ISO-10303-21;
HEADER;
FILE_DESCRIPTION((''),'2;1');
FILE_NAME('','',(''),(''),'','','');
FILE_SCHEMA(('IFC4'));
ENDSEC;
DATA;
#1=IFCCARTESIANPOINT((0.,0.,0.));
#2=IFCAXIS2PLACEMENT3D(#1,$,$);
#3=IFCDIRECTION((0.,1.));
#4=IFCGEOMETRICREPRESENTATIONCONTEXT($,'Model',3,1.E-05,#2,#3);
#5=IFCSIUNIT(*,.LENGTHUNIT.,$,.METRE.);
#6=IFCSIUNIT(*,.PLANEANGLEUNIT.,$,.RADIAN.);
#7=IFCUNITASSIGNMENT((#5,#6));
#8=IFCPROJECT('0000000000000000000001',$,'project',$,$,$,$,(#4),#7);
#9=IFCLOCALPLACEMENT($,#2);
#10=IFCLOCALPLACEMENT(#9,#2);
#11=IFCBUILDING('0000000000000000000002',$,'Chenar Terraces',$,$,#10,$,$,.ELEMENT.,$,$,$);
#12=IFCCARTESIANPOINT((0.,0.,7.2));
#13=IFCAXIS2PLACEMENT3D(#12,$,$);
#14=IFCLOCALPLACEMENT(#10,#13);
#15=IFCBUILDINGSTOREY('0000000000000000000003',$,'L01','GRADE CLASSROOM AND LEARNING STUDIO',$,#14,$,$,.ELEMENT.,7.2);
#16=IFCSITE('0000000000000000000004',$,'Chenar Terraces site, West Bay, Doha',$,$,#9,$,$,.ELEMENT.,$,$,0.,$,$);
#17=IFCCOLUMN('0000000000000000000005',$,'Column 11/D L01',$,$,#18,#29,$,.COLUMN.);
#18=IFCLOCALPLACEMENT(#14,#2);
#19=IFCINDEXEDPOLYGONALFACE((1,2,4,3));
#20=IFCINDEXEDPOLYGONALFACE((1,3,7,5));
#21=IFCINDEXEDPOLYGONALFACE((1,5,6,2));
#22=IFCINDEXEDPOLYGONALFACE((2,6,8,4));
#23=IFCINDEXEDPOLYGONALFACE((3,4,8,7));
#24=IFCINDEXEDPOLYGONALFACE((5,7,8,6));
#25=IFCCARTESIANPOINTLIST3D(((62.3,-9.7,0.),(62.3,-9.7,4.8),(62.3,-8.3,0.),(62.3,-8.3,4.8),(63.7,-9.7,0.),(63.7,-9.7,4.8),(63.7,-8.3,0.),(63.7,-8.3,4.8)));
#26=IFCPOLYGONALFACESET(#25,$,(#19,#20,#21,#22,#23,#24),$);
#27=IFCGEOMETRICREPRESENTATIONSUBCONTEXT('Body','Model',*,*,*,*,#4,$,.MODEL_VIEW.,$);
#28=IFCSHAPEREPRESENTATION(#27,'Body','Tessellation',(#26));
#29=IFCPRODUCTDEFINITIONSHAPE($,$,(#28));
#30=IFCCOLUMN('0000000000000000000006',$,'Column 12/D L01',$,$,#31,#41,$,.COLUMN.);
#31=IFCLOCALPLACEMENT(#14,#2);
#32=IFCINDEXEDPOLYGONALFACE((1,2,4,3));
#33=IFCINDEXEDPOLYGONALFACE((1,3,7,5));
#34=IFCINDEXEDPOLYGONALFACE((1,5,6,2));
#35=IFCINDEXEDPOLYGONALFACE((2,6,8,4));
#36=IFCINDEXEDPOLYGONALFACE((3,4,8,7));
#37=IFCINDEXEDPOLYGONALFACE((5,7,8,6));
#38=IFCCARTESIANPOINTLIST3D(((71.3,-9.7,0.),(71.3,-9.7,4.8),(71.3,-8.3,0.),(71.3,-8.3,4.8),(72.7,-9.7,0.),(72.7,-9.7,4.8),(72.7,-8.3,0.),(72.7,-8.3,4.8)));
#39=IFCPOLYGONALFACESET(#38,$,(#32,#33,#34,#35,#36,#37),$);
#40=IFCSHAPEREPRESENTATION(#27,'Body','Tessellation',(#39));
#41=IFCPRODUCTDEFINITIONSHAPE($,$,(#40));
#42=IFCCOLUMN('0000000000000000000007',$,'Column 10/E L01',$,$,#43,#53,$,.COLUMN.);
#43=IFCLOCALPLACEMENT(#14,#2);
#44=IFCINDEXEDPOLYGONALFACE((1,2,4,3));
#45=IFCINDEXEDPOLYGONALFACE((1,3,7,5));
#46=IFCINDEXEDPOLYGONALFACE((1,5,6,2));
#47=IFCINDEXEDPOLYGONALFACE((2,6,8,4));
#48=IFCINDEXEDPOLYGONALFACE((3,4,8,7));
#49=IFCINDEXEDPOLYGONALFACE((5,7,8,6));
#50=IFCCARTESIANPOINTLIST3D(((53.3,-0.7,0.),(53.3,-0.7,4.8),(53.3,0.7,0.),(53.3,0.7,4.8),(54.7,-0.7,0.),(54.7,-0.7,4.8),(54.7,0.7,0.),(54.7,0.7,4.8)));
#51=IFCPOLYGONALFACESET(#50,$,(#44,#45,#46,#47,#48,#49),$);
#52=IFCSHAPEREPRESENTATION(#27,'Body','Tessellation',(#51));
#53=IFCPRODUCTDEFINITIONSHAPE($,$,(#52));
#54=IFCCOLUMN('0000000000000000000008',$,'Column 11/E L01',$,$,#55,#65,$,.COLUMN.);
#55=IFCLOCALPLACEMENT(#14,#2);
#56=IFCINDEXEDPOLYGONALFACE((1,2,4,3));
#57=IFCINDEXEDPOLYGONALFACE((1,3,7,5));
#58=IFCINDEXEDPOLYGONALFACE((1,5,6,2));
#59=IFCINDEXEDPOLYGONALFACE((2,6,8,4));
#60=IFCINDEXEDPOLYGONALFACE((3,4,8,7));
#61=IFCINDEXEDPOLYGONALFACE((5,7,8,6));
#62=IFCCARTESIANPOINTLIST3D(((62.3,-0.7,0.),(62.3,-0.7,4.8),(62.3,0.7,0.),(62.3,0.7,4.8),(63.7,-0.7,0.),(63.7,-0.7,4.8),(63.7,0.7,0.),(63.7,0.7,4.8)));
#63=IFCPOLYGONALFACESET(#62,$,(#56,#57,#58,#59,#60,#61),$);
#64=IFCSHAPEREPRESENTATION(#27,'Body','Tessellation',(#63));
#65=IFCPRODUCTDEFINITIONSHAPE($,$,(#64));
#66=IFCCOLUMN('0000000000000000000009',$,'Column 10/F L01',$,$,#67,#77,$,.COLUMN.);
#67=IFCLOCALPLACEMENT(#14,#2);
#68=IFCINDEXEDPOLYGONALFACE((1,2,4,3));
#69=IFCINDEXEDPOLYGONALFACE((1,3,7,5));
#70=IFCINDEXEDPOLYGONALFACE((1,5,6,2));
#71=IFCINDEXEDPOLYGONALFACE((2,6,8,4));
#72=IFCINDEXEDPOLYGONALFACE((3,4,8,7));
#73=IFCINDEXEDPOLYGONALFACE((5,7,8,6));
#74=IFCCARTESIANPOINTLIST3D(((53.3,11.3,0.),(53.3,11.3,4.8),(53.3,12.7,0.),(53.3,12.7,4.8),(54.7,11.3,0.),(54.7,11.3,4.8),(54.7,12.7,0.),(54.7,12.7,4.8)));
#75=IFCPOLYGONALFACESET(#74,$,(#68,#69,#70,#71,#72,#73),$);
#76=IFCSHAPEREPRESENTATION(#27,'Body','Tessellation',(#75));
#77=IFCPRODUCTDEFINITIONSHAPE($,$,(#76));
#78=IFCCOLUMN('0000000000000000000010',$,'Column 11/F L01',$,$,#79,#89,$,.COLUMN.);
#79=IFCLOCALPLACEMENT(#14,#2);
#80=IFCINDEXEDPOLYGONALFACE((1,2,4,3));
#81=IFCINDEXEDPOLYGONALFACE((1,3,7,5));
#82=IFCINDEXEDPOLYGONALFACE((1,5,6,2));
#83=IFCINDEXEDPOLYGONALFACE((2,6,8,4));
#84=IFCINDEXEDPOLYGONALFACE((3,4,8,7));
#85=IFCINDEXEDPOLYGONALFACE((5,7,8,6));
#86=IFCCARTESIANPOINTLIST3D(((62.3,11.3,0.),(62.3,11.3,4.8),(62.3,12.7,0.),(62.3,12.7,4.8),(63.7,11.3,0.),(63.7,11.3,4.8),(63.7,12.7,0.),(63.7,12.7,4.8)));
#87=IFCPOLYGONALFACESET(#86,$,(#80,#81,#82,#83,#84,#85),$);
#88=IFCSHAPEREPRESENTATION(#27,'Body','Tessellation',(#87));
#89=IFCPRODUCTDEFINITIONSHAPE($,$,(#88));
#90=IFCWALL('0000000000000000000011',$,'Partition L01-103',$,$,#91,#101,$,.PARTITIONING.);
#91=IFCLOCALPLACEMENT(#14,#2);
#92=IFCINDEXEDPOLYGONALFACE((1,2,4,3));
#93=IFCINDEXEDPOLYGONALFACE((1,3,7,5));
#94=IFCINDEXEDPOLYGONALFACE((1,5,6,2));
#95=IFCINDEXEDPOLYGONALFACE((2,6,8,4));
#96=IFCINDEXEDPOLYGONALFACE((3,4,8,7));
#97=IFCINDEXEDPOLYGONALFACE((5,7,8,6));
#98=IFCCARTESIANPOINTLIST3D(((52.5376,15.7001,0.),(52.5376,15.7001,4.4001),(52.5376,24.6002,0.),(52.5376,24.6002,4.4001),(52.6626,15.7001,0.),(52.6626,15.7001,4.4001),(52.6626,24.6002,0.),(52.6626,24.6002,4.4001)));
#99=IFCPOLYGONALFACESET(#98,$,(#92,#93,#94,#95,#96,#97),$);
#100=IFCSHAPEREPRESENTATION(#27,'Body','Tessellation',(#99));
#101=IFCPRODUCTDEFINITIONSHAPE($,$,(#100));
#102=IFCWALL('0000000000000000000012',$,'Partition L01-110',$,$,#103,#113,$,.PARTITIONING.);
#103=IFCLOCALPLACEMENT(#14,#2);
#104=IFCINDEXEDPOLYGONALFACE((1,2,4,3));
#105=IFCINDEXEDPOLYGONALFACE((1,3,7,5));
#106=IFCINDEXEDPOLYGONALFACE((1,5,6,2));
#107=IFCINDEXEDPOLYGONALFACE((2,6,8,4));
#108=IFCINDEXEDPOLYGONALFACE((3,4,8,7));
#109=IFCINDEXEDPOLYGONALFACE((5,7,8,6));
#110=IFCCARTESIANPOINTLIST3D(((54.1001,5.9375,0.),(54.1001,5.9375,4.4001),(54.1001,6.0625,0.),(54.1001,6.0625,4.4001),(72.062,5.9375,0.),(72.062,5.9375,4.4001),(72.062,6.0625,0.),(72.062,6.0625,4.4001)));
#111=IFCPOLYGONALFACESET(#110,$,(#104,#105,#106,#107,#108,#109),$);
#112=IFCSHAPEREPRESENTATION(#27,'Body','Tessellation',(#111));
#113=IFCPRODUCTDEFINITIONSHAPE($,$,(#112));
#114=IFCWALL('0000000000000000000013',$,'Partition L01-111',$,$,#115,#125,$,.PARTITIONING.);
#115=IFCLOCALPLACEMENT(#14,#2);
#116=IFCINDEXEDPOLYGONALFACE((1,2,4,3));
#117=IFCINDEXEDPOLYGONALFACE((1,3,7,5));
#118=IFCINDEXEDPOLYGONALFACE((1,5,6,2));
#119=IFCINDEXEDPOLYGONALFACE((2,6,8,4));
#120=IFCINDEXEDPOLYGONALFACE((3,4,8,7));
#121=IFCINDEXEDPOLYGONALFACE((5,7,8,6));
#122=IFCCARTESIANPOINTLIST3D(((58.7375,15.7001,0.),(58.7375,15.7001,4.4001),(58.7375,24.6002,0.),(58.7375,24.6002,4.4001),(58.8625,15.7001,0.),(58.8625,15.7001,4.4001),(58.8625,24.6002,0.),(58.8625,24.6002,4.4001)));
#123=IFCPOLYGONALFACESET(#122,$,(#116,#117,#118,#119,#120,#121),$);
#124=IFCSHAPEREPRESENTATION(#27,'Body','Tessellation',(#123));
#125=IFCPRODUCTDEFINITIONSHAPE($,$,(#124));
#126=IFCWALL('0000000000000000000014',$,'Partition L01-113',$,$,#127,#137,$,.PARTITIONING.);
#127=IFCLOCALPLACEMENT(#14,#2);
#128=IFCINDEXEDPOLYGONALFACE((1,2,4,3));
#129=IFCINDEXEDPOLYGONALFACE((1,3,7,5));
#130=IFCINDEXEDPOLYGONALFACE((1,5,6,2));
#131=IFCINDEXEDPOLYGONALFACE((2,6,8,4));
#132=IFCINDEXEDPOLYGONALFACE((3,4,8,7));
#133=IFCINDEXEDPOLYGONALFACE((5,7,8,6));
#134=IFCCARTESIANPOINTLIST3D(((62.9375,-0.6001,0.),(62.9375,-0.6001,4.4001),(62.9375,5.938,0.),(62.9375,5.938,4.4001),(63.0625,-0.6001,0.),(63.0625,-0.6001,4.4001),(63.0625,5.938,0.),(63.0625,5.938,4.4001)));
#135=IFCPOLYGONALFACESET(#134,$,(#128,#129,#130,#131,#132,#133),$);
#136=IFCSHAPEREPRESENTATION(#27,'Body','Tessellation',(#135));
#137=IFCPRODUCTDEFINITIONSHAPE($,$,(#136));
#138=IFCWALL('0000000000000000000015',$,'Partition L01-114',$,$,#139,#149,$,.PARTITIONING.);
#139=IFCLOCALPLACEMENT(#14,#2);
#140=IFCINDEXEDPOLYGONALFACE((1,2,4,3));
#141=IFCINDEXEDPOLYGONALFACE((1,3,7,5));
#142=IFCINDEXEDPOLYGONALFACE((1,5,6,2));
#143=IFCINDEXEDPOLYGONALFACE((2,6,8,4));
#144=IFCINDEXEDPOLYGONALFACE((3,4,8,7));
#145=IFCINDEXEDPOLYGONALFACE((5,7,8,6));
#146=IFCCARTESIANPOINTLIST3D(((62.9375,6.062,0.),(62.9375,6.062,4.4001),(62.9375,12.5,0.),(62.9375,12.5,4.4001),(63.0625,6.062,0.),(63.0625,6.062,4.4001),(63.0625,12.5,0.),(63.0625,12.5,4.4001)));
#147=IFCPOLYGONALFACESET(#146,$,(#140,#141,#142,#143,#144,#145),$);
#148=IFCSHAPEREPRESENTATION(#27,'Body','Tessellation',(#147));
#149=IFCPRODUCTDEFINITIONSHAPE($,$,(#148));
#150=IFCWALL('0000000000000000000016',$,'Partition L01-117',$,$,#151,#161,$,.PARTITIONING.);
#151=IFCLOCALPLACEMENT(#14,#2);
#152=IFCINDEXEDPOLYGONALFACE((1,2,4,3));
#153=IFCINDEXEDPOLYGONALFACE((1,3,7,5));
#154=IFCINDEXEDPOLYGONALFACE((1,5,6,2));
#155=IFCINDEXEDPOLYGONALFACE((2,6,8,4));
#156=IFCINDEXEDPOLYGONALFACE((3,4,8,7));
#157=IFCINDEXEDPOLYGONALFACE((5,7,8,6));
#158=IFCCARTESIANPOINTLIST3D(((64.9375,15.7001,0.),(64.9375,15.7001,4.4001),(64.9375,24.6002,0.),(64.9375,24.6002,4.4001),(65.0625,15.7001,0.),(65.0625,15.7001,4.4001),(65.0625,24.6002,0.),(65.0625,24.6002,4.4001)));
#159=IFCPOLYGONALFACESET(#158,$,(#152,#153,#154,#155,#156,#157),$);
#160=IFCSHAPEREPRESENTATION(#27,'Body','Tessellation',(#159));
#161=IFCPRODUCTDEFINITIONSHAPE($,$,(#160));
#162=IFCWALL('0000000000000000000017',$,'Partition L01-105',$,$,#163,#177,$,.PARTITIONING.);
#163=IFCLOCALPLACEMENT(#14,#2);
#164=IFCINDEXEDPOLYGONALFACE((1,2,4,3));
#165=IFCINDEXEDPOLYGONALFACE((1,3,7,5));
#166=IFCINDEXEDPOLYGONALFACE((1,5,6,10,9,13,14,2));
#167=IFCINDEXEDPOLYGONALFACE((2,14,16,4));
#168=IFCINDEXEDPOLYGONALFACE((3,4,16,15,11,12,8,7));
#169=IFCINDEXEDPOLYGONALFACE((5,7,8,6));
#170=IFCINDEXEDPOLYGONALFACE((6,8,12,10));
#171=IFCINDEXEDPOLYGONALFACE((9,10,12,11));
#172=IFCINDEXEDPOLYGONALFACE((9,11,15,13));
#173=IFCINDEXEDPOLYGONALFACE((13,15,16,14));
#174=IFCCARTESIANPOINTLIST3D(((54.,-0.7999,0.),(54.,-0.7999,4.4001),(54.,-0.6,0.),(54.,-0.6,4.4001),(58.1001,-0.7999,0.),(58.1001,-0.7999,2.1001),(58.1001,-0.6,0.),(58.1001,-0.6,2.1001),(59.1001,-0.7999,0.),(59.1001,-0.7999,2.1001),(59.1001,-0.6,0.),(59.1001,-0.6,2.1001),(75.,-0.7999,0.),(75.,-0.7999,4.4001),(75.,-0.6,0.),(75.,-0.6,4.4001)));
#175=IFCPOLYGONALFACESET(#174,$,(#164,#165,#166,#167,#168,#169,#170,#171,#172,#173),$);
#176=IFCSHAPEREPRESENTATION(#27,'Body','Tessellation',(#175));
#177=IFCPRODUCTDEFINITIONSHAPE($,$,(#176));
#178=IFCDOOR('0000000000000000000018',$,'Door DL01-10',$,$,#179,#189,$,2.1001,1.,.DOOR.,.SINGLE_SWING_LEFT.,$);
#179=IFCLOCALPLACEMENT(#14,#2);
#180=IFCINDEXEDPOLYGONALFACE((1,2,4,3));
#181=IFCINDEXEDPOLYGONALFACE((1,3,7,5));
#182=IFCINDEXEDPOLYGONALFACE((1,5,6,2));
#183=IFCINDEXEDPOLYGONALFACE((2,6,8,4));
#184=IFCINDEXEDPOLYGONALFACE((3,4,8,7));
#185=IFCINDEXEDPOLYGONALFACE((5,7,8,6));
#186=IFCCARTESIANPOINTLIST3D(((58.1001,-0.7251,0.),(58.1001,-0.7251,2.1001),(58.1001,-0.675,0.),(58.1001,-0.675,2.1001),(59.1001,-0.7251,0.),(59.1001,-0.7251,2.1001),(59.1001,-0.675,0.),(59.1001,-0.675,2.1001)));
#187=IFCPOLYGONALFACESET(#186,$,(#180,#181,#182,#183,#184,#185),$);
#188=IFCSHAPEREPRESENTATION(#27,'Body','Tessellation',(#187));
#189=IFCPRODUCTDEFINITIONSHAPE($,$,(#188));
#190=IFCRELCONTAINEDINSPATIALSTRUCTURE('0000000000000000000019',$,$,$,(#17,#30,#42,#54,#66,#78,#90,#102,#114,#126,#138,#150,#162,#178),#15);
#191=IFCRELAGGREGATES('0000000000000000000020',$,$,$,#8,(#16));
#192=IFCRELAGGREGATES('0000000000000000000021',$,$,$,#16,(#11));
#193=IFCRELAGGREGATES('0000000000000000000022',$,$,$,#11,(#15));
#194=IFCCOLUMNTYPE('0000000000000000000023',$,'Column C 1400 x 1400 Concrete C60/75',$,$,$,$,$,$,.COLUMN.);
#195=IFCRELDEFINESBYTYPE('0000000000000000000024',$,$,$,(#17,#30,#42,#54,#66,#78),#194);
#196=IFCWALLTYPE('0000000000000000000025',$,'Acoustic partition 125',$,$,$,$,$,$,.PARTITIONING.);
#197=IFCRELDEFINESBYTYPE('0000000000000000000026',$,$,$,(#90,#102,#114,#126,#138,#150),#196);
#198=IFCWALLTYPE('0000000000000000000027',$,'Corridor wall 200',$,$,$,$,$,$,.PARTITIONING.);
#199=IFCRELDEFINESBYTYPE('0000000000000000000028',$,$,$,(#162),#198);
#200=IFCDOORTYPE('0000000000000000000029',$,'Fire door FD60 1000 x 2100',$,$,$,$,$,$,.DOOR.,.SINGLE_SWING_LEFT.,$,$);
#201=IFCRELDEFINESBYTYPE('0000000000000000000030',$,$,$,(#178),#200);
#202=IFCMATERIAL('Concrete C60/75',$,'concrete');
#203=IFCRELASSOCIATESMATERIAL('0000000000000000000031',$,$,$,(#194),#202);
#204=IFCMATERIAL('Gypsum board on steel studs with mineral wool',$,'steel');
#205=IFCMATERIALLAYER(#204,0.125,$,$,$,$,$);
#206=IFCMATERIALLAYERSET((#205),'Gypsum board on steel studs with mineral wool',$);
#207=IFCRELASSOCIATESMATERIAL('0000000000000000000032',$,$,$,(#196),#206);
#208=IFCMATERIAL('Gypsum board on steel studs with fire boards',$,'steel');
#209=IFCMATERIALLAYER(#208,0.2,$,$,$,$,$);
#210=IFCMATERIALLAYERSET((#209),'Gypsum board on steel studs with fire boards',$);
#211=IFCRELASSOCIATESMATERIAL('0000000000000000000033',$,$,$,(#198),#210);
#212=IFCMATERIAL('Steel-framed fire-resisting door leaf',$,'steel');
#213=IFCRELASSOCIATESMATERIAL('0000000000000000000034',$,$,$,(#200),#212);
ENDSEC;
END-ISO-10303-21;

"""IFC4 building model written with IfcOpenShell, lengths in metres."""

from ifc_helpers import new_model, si_unit, direction, frame, frame_2d, origin, origin_2d, place, context, subcontext, project, spatial, rectangle, extrude, material, layer, layer_set, material_profile, profile_set, type_object, element, fill, save


model = new_model("IFC4")

# Units and contexts
model_context = context("Model", 3, precision=1e-05, world=origin(), true_north=direction((0.0, 1.0)))
body_context = subcontext(model_context, "Body", "Model", "MODEL_VIEW")
ifc_project = project(units=[si_unit("LENGTHUNIT", "METRE"), si_unit("PLANEANGLEUNIT", "RADIAN")], contexts=[model_context])

# Site, building, storey
site_placement = place(None, origin())
site = spatial("IfcSite", under=ifc_project, at=site_placement, Name="Chenar Terraces site, West Bay, Doha", CompositionType="ELEMENT", RefElevation=0.0)
building_placement = place(site_placement, origin())
building = spatial("IfcBuilding", under=site, at=building_placement, Name="Chenar Terraces", CompositionType="ELEMENT")
storey_placement = place(building_placement, frame((0.0, 0.0, 7.2)))
storey = spatial("IfcBuildingStorey", under=building, at=storey_placement, Name="L01", Description="GRADE CLASSROOM AND LEARNING STUDIO", CompositionType="ELEMENT", Elevation=7.2)

# Columns
ifc_material_1 = material(Name="Concrete C60/75", Category="concrete")
ifc_material_profile = material_profile(ifc_material_1, rectangle(XDim=1.3999, YDim=1.3999, at=origin_2d()), Name="C 1400 x 1400")
ifc_profile_set = profile_set([ifc_material_profile], Name="Concrete C60/75")
column_type = type_object("IfcColumnType", Name="Column C 1400 x 1400 Concrete C60/75", PredefinedType="COLUMN", material=ifc_profile_set)
for number, where, z_axis, x_axis, name in (
    (1, (63.0, -9.0, 0.0), (0.0, 0.0, 1.0), (1.0, 0.0, 0.0), "Column 11/D L01"),
    (2, (72.0, -9.0, 0.0), (0.0, 0.0, 1.0), (1.0, 0.0, 0.0), "Column 12/D L01"),
    (3, (54.0, 0.0, 0.0), (0.0, 0.0, 1.0), (1.0, 0.0, 0.0), "Column 10/E L01"),
    (4, (63.0, 0.0, 0.0), (0.0, 0.0, 1.0), (1.0, 0.0, 0.0), "Column 11/E L01"),
    (5, (54.0, 12.0, 0.0), (0.0, 0.0, 1.0), (1.0, 0.0, 0.0), "Column 10/F L01"),
    (6, (63.0, 12.0, 0.0), (0.0, 0.0, 1.0), (1.0, 0.0, 0.0), "Column 11/F L01"),
):
    element("IfcColumn", number, at=place(storey_placement, frame(where, z_axis=z_axis, x_axis=x_axis)), inside=storey, type_object=column_type, Name=name, PredefinedType="COLUMN", context=body_context, shape_type="SweptSolid", body=[
        extrude(rectangle(XDim=1.3999, YDim=1.3999, at=origin_2d()), origin(), (0.0, 0.0, 1.0), 4.8),
    ])

# Walls
ifc_material_2 = material(Name="Gypsum board on steel studs with mineral wool", Category="steel")
ifc_layer_1 = layer(ifc_material_2, 0.125)
ifc_layer_set_1 = layer_set([ifc_layer_1], Name="Gypsum board on steel studs with mineral wool")
wall_type_1 = type_object("IfcWallType", Name="Acoustic partition 125", PredefinedType="PARTITIONING", material=ifc_layer_set_1)
wall_1_placement = place(storey_placement, frame((52.6001, 15.7, 0.0), z_axis=(0.0, 0.0, 1.0), x_axis=(0.0, 1.0, 0.0)))
element("IfcWall", 7, at=wall_1_placement, inside=storey, type_object=wall_type_1, Name="Partition L01-103", PredefinedType="PARTITIONING", context=body_context, shape_type="SweptSolid", body=[
    extrude(rectangle(XDim=8.9001, YDim=0.125, at=frame_2d((4.4502, 0.0))), origin(), (0.0, 0.0, 1.0), 4.4001),
])
wall_2_placement = place(storey_placement, frame((54.1001, 6.0, 0.0), z_axis=(0.0, 0.0, 1.0), x_axis=(1.0, 0.0, 0.0)))
element("IfcWall", 8, at=wall_2_placement, inside=storey, type_object=wall_type_1, Name="Partition L01-110", PredefinedType="PARTITIONING", context=body_context, shape_type="SweptSolid", body=[
    extrude(rectangle(XDim=17.9619, YDim=0.125, at=frame_2d((8.981, 0.0))), origin(), (0.0, 0.0, 1.0), 4.4001),
])
wall_3_placement = place(storey_placement, frame((58.8, 15.7, 0.0), z_axis=(0.0, 0.0, 1.0), x_axis=(0.0, 1.0, 0.0)))
element("IfcWall", 9, at=wall_3_placement, inside=storey, type_object=wall_type_1, Name="Partition L01-111", PredefinedType="PARTITIONING", context=body_context, shape_type="SweptSolid", body=[
    extrude(rectangle(XDim=8.9001, YDim=0.125, at=frame_2d((4.4502, 0.0))), origin(), (0.0, 0.0, 1.0), 4.4001),
])
wall_4_placement = place(storey_placement, frame((63.0, -0.6001, 0.0), z_axis=(0.0, 0.0, 1.0), x_axis=(0.0, 1.0, 0.0)))
element("IfcWall", 10, at=wall_4_placement, inside=storey, type_object=wall_type_1, Name="Partition L01-113", PredefinedType="PARTITIONING", context=body_context, shape_type="SweptSolid", body=[
    extrude(rectangle(XDim=6.5381, YDim=0.125, at=frame_2d((3.269, 0.0))), origin(), (0.0, 0.0, 1.0), 4.4001),
])
wall_5_placement = place(storey_placement, frame((63.0, 6.062, 0.0), z_axis=(0.0, 0.0, 1.0), x_axis=(0.0, 1.0, 0.0)))
element("IfcWall", 11, at=wall_5_placement, inside=storey, type_object=wall_type_1, Name="Partition L01-114", PredefinedType="PARTITIONING", context=body_context, shape_type="SweptSolid", body=[
    extrude(rectangle(XDim=6.438, YDim=0.125, at=frame_2d((3.219, 0.0))), origin(), (0.0, 0.0, 1.0), 4.4001),
])
wall_6_placement = place(storey_placement, frame((65.0, 15.7, 0.0), z_axis=(0.0, 0.0, 1.0), x_axis=(0.0, 1.0, 0.0)))
element("IfcWall", 12, at=wall_6_placement, inside=storey, type_object=wall_type_1, Name="Partition L01-117", PredefinedType="PARTITIONING", context=body_context, shape_type="SweptSolid", body=[
    extrude(rectangle(XDim=8.9001, YDim=0.125, at=frame_2d((4.4502, 0.0))), origin(), (0.0, 0.0, 1.0), 4.4001),
])

# Wall, opening, door
ifc_material_3 = material(Name="Gypsum board on steel studs with fire boards", Category="steel")
ifc_layer_2 = layer(ifc_material_3, 0.2)
ifc_layer_set_2 = layer_set([ifc_layer_2], Name="Gypsum board on steel studs with fire boards")
wall_type_2 = type_object("IfcWallType", Name="Corridor wall 200", PredefinedType="PARTITIONING", material=ifc_layer_set_2)
wall_7_placement = place(storey_placement, frame((54.0, -0.7, 0.0), z_axis=(0.0, 0.0, 1.0), x_axis=(1.0, 0.0, 0.0)))
wall_7 = element("IfcWall", 13, at=wall_7_placement, inside=storey, type_object=wall_type_2, Name="Partition L01-105", PredefinedType="PARTITIONING", context=body_context, shape_type="SweptSolid", body=[
    extrude(rectangle(XDim=21.0, YDim=0.2, at=frame_2d((10.5, 0.0))), origin(), (0.0, 0.0, 1.0), 4.4001),
])
opening_1_placement = place(wall_7_placement, frame((4.1001, 0.0, 0.0)))
opening_1 = element("IfcOpeningElement", 14, at=opening_1_placement, cuts=wall_7, PredefinedType="OPENING", context=body_context, shape_type="SweptSolid", body=[
    extrude(rectangle(XDim=1.0, YDim=2.1001, at=frame_2d((0.5, 1.05))), frame((0.0, 0.1099, 0.0), z_axis=(0.0, -1.0, 0.0), x_axis=(1.0, 0.0, 0.0)), (0.0, 0.0, 1.0), 0.22),
])
ifc_material_4 = material(Name="Steel-framed fire-resisting door leaf", Category="steel")
door_type = type_object("IfcDoorType", Name="Fire door FD60 1000 x 2100", OperationType="SINGLE_SWING_LEFT", PredefinedType="DOOR", material=ifc_material_4)
door_1_placement = place(opening_1_placement, origin())
door_1 = element("IfcDoor", 15, at=door_1_placement, inside=storey, type_object=door_type, Name="Door DL01-10", OperationType="SINGLE_SWING_LEFT", OverallHeight=2.1001, OverallWidth=1.0, PredefinedType="DOOR", context=body_context, shape_type="SweptSolid", body=[
    extrude(rectangle(XDim=1.0, YDim=2.1001, at=frame_2d((0.5, 1.05))), frame((0.0, 0.0249, 0.0), z_axis=(0.0, -1.0, 0.0), x_axis=(1.0, 0.0, 0.0)), (0.0, 0.0, 1.0), 0.05),
])
fill(opening_1, door_1)

save(model, "model.ifc")
